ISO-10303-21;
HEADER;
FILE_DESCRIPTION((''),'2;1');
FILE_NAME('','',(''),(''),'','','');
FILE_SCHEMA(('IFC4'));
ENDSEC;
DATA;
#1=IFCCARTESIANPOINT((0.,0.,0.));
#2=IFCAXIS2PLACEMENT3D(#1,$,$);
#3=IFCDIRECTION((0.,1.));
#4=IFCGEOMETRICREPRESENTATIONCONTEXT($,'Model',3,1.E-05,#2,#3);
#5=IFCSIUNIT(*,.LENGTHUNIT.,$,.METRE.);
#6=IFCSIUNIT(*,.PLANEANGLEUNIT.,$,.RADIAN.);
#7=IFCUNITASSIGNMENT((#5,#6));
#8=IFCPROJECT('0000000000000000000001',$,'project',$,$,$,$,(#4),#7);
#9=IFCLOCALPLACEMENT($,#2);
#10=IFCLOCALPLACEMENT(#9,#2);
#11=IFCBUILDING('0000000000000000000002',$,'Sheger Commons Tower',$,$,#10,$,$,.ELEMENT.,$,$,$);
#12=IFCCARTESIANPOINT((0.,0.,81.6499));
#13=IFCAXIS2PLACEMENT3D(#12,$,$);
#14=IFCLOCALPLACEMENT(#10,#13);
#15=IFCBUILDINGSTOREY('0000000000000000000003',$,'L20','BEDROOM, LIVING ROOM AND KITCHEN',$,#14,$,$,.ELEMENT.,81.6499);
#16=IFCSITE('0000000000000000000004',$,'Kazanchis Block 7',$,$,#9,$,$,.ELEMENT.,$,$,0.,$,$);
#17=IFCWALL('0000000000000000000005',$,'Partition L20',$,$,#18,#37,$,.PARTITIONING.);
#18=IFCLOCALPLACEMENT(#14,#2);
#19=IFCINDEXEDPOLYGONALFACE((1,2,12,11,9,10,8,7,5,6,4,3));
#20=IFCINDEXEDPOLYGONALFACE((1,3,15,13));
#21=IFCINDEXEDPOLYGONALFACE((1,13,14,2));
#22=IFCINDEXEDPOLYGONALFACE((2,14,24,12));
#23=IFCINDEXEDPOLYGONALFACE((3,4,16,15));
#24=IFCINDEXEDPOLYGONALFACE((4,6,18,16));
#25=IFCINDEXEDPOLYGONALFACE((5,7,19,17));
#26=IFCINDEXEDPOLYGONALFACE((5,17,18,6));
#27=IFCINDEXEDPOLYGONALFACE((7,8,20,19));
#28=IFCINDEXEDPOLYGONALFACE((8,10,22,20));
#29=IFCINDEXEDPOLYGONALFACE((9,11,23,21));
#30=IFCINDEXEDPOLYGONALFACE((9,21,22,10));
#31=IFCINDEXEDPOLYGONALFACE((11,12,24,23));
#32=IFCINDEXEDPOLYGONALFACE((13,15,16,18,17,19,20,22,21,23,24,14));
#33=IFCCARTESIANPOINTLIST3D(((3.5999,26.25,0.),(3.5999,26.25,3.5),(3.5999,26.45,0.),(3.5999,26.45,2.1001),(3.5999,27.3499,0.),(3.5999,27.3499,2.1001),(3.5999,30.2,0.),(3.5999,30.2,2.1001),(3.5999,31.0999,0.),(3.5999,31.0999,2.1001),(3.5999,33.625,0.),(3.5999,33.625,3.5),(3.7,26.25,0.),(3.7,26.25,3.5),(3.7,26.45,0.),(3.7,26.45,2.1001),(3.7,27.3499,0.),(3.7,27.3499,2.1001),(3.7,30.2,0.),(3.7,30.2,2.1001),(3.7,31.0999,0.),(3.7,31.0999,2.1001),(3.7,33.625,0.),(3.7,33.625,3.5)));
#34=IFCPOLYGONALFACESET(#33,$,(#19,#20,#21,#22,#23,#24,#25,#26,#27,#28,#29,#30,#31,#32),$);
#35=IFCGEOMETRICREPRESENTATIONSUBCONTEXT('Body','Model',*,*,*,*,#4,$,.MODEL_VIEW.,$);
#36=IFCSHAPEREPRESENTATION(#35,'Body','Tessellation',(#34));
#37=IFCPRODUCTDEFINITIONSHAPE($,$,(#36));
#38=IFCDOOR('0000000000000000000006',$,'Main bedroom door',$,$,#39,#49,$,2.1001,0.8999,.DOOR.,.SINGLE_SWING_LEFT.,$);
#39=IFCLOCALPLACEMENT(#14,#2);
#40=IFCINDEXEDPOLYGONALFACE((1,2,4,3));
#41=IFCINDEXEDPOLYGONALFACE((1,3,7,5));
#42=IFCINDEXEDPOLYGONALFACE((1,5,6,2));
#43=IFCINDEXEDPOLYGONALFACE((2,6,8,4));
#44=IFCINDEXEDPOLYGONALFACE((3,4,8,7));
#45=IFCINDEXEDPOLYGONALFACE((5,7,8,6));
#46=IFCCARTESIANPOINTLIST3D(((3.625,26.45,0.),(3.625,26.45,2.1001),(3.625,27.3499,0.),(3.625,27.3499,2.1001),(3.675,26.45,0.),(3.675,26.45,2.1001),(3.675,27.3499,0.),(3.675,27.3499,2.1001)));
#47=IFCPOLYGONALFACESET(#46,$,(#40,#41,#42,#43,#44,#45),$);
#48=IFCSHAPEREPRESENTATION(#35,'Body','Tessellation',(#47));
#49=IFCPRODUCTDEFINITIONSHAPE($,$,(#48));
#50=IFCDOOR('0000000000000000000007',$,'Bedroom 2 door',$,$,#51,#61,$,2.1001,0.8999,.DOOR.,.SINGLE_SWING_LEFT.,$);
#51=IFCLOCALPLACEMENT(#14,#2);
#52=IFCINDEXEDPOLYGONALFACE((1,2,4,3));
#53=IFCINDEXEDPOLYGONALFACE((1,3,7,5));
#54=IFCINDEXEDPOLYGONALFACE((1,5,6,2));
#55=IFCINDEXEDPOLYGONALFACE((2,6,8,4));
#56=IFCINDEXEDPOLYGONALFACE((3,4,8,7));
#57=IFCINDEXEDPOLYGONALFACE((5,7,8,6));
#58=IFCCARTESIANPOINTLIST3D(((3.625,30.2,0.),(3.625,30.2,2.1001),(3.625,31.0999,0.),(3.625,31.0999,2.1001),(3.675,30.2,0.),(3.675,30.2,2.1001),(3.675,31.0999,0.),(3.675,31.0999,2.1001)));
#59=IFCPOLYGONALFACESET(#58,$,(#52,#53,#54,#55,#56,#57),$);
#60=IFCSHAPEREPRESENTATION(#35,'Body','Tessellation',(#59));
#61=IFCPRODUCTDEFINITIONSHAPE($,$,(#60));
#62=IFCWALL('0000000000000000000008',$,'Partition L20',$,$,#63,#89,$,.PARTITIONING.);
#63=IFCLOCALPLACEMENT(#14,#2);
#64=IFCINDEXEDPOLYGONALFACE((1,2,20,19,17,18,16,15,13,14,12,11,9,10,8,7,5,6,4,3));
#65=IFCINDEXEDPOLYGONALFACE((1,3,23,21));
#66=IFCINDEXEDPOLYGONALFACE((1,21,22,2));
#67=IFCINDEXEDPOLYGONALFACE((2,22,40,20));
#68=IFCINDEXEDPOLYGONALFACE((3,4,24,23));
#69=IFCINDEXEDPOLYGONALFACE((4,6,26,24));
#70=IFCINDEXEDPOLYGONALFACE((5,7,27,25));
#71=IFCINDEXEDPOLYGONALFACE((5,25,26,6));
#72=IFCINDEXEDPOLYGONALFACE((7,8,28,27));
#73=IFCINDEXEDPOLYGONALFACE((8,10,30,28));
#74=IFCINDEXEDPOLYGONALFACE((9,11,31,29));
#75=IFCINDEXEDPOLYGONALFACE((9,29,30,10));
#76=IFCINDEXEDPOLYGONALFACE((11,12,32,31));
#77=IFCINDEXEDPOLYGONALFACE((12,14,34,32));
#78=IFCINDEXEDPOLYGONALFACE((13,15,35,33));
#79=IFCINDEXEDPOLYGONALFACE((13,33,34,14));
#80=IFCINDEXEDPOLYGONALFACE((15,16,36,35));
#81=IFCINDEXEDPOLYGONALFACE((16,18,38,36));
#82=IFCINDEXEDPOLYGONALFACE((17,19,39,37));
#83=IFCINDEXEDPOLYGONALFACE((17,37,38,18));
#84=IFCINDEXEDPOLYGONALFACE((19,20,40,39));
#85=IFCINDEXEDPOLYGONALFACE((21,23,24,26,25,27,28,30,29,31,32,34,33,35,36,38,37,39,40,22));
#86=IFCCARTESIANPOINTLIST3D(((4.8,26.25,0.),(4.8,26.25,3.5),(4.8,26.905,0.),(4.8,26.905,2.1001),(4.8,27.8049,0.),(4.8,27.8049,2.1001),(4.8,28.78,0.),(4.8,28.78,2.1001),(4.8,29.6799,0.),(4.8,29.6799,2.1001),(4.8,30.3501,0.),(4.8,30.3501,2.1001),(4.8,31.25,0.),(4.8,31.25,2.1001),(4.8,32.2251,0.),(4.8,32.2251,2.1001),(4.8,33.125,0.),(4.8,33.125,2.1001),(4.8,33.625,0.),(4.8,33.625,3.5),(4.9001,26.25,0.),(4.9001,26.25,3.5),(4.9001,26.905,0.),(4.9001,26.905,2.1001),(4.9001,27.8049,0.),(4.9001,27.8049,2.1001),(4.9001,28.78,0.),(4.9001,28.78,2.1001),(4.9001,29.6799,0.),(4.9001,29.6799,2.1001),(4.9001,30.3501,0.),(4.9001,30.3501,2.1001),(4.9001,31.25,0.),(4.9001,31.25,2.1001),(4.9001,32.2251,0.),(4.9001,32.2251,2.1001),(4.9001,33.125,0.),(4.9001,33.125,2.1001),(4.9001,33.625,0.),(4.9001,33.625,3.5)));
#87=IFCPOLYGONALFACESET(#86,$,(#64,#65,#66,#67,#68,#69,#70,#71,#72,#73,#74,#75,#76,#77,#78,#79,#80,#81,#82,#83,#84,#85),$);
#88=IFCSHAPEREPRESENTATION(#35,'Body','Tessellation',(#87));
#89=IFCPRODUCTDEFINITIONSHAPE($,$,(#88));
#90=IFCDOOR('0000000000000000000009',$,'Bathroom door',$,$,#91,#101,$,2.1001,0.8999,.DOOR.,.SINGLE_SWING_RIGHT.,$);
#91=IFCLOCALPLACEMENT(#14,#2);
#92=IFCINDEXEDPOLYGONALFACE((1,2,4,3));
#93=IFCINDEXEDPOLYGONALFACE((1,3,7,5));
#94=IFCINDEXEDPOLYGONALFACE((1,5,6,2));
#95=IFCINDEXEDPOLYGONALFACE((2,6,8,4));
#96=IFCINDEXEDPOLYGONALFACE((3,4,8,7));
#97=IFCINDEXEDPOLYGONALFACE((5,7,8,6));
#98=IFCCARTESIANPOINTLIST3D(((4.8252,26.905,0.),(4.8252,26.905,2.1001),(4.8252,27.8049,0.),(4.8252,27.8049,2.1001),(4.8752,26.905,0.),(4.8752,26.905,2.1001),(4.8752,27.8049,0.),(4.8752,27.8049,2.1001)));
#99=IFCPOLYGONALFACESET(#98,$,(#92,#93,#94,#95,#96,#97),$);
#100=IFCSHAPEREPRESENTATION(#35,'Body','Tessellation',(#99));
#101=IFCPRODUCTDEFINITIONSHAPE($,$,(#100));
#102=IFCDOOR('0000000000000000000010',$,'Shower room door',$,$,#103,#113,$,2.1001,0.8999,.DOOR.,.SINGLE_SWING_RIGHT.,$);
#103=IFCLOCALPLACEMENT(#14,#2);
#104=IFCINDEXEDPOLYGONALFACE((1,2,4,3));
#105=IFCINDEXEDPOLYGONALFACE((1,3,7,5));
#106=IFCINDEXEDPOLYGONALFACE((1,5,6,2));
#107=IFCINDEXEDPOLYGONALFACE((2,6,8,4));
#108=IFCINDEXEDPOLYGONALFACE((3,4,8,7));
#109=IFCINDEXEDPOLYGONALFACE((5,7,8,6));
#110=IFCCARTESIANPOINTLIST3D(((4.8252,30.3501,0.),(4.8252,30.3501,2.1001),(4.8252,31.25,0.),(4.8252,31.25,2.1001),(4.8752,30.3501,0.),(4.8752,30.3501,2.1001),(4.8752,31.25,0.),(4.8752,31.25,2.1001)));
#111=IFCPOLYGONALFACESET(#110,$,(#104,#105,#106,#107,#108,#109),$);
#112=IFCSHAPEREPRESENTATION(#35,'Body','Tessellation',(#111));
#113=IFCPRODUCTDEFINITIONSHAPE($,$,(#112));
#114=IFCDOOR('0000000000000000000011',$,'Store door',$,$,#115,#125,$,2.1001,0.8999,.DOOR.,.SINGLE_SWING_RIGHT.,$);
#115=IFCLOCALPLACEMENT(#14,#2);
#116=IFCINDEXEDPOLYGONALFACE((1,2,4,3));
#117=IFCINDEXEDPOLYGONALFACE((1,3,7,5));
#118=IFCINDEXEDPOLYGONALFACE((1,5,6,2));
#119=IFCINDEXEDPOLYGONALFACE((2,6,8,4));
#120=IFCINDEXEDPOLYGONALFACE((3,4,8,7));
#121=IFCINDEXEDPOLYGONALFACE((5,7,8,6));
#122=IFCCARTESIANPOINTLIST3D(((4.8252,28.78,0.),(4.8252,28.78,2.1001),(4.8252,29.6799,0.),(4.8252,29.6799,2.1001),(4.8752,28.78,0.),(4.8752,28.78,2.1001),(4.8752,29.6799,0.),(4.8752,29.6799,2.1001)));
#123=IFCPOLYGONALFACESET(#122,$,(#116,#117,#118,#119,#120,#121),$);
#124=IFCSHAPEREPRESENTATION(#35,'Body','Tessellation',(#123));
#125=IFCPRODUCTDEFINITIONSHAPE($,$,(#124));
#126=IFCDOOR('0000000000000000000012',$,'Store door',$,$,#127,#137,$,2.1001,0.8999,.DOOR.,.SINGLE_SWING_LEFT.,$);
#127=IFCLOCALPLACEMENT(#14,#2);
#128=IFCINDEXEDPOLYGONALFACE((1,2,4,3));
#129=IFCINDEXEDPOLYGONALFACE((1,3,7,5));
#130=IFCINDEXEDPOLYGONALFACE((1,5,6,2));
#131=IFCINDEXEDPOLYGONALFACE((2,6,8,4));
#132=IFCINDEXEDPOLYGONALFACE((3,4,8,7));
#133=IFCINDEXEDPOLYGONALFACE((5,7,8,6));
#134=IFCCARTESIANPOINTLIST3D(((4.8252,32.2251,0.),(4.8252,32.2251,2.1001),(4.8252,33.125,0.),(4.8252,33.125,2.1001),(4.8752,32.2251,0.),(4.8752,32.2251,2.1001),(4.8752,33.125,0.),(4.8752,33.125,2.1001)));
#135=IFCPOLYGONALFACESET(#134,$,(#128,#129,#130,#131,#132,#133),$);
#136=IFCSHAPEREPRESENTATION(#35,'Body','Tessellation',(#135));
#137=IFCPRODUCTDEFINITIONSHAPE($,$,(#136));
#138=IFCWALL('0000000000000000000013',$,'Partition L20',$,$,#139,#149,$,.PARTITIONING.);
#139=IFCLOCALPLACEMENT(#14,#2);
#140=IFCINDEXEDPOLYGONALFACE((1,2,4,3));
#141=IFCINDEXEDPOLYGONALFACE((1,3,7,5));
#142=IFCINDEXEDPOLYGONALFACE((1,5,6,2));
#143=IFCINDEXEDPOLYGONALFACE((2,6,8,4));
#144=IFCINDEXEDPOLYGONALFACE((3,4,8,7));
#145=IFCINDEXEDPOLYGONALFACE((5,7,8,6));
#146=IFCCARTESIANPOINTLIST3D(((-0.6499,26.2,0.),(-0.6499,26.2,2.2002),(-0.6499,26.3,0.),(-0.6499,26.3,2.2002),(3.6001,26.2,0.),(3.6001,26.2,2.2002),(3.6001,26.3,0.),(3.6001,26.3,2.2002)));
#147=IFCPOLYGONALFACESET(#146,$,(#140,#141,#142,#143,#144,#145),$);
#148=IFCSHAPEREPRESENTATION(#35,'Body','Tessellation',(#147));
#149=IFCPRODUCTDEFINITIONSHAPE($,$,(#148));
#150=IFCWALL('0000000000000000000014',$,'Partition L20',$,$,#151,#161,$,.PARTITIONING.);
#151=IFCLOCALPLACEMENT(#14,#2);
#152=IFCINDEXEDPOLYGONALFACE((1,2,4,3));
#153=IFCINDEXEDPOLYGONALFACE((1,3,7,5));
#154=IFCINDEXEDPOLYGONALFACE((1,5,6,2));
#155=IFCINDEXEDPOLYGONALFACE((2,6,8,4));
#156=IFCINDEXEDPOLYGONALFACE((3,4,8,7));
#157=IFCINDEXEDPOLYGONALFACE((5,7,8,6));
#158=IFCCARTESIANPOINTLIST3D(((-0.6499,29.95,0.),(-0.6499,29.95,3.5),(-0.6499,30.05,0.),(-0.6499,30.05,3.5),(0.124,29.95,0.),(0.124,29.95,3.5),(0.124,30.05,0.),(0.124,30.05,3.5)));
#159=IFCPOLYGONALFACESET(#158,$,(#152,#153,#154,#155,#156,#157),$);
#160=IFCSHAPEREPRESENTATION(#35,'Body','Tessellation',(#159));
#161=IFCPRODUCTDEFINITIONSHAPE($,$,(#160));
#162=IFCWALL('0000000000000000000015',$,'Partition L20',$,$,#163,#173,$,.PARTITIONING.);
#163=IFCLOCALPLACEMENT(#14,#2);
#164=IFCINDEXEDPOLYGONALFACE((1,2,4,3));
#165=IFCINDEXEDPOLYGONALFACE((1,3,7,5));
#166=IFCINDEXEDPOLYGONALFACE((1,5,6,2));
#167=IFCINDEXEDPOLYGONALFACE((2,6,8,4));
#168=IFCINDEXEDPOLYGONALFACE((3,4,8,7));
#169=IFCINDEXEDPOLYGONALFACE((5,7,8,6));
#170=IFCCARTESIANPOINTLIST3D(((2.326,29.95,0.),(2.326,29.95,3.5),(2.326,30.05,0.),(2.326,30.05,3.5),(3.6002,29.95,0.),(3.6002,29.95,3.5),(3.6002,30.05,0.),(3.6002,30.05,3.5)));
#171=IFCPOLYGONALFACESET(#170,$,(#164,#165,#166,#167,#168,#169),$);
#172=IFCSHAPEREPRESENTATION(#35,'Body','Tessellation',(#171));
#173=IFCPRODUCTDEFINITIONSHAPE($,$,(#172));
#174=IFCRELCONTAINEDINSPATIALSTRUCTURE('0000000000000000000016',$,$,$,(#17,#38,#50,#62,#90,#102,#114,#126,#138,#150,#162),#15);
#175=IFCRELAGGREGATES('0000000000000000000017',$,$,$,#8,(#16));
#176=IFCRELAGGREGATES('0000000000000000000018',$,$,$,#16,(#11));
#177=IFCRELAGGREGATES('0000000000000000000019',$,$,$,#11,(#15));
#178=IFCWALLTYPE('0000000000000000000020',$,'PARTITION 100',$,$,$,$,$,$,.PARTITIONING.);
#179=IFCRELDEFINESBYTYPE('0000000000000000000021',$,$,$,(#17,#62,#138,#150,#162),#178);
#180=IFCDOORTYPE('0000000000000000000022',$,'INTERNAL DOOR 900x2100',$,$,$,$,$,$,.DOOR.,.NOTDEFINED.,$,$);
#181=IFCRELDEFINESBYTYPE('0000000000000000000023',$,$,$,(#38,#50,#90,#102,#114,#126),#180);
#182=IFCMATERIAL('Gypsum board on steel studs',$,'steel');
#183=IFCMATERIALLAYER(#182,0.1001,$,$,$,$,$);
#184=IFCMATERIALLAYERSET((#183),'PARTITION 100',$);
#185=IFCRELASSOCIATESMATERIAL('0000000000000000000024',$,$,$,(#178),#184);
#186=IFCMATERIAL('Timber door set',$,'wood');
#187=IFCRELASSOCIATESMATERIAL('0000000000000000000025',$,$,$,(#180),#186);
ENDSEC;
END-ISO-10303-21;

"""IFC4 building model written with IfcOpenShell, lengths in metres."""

from ifc_helpers import new_model, si_unit, direction, frame, frame_2d, origin, place, context, subcontext, project, spatial, rectangle, extrude, material, layer, layer_set, type_object, element, fill, save


model = new_model("IFC4")

# Units and contexts
model_context = context("Model", 3, precision=1e-05, world=origin(), true_north=direction((0.0, 1.0)))
body_context = subcontext(model_context, "Body", "Model", "MODEL_VIEW")
ifc_project = project(units=[si_unit("LENGTHUNIT", "METRE"), si_unit("PLANEANGLEUNIT", "RADIAN")], contexts=[model_context])

# Site, building, storey
site_placement = place(None, origin())
site = spatial("IfcSite", under=ifc_project, at=site_placement, Name="Kazanchis Block 7", CompositionType="ELEMENT", RefElevation=0.0)
building_placement = place(site_placement, origin())
building = spatial("IfcBuilding", under=site, at=building_placement, Name="Sheger Commons Tower", CompositionType="ELEMENT")
storey_placement = place(building_placement, frame((0.0, 0.0, 81.6499)))
storey = spatial("IfcBuildingStorey", under=building, at=storey_placement, Name="L20", Description="BEDROOM, LIVING ROOM AND KITCHEN", CompositionType="ELEMENT", Elevation=81.6499)

# Shared definitions
ifc_material_1 = material(Name="Gypsum board on steel studs", Category="steel")
ifc_layer_1 = layer(ifc_material_1, 0.1001)
ifc_layer_set_1 = layer_set([ifc_layer_1], Name="PARTITION 100")
wall_type_1 = type_object("IfcWallType", Name="PARTITION 100", PredefinedType="PARTITIONING", material=ifc_layer_set_1)

# Walls, openings, doors
wall_1_placement = place(storey_placement, frame((3.6499, 26.25, 0.0), z_axis=(0.0, 0.0, 1.0), x_axis=(0.0, 1.0, 0.0)))
wall_1 = element("IfcWall", 1, at=wall_1_placement, inside=storey, type_object=wall_type_1, Name="Partition L20", PredefinedType="PARTITIONING", context=body_context, shape_type="SweptSolid", body=[
    extrude(rectangle(XDim=7.375, YDim=0.1001, at=frame_2d((3.6875, 0.0))), origin(), (0.0, 0.0, 1.0), 3.5),
])
opening_1_placement = place(wall_1_placement, frame((0.2, 0.0, 0.0)))
opening_1 = element("IfcOpeningElement", 2, at=opening_1_placement, cuts=wall_1, PredefinedType="OPENING", context=body_context, shape_type="SweptSolid", body=[
    extrude(rectangle(XDim=0.8999, YDim=2.1001, at=frame_2d((0.45, 1.05))), frame((0.0, 0.0601, 0.0), z_axis=(0.0, -1.0, 0.0), x_axis=(1.0, 0.0, 0.0)), (0.0, 0.0, 1.0), 0.1201),
])
opening_2_placement = place(wall_1_placement, frame((3.95, 0.0, 0.0)))
opening_2 = element("IfcOpeningElement", 3, at=opening_2_placement, cuts=wall_1, PredefinedType="OPENING", context=body_context, shape_type="SweptSolid", body=[
    extrude(rectangle(XDim=0.8999, YDim=2.1001, at=frame_2d((0.45, 1.05))), frame((0.0, 0.0601, 0.0), z_axis=(0.0, -1.0, 0.0), x_axis=(1.0, 0.0, 0.0)), (0.0, 0.0, 1.0), 0.1201),
])
ifc_material_2 = material(Name="Timber door set", Category="wood")
door_type = type_object("IfcDoorType", Name="INTERNAL DOOR 900x2100", OperationType="NOTDEFINED", PredefinedType="DOOR", material=ifc_material_2)
door_1_placement = place(opening_1_placement, origin())
door_1 = element("IfcDoor", 4, at=door_1_placement, inside=storey, type_object=door_type, Name="Main bedroom door", OperationType="SINGLE_SWING_LEFT", OverallHeight=2.1001, OverallWidth=0.8999, PredefinedType="DOOR", context=body_context, shape_type="SweptSolid", body=[
    extrude(rectangle(XDim=0.8999, YDim=2.1001, at=frame_2d((0.45, 1.05))), frame((0.0, 0.0249, 0.0), z_axis=(0.0, -1.0, 0.0), x_axis=(1.0, 0.0, 0.0)), (0.0, 0.0, 1.0), 0.05),
])
fill(opening_1, door_1)
door_2_placement = place(opening_2_placement, origin())
door_2 = element("IfcDoor", 5, at=door_2_placement, inside=storey, type_object=door_type, Name="Bedroom 2 door", OperationType="SINGLE_SWING_LEFT", OverallHeight=2.1001, OverallWidth=0.8999, PredefinedType="DOOR", context=body_context, shape_type="SweptSolid", body=[
    extrude(rectangle(XDim=0.8999, YDim=2.1001, at=frame_2d((0.45, 1.05))), frame((0.0, 0.0249, 0.0), z_axis=(0.0, -1.0, 0.0), x_axis=(1.0, 0.0, 0.0)), (0.0, 0.0, 1.0), 0.05),
])
fill(opening_2, door_2)
wall_2_placement = place(storey_placement, frame((4.8501, 26.25, 0.0), z_axis=(0.0, 0.0, 1.0), x_axis=(0.0, 1.0, 0.0)))
wall_2 = element("IfcWall", 6, at=wall_2_placement, inside=storey, type_object=wall_type_1, Name="Partition L20", PredefinedType="PARTITIONING", context=body_context, shape_type="SweptSolid", body=[
    extrude(rectangle(XDim=7.375, YDim=0.1001, at=frame_2d((3.6875, 0.0))), origin(), (0.0, 0.0, 1.0), 3.5),
])
opening_3_placement = place(wall_2_placement, frame((0.655, 0.0, 0.0)))
opening_3 = element("IfcOpeningElement", 7, at=opening_3_placement, cuts=wall_2, PredefinedType="OPENING", context=body_context, shape_type="SweptSolid", body=[
    extrude(rectangle(XDim=0.8999, YDim=2.1001, at=frame_2d((0.45, 1.05))), frame((0.0, 0.0601, 0.0), z_axis=(0.0, -1.0, 0.0), x_axis=(1.0, 0.0, 0.0)), (0.0, 0.0, 1.0), 0.1201),
])
opening_4_placement = place(wall_2_placement, frame((4.1001, 0.0, 0.0)))
opening_4 = element("IfcOpeningElement", 8, at=opening_4_placement, cuts=wall_2, PredefinedType="OPENING", context=body_context, shape_type="SweptSolid", body=[
    extrude(rectangle(XDim=0.8999, YDim=2.1001, at=frame_2d((0.45, 1.05))), frame((0.0, 0.0601, 0.0), z_axis=(0.0, -1.0, 0.0), x_axis=(1.0, 0.0, 0.0)), (0.0, 0.0, 1.0), 0.1201),
])
opening_5_placement = place(wall_2_placement, frame((2.53, 0.0, 0.0)))
opening_5 = element("IfcOpeningElement", 9, at=opening_5_placement, cuts=wall_2, PredefinedType="OPENING", context=body_context, shape_type="SweptSolid", body=[
    extrude(rectangle(XDim=0.8999, YDim=2.1001, at=frame_2d((0.45, 1.05))), frame((0.0, 0.0601, 0.0), z_axis=(0.0, -1.0, 0.0), x_axis=(1.0, 0.0, 0.0)), (0.0, 0.0, 1.0), 0.1201),
])
opening_6_placement = place(wall_2_placement, frame((5.9751, 0.0, 0.0)))
opening_6 = element("IfcOpeningElement", 10, at=opening_6_placement, cuts=wall_2, PredefinedType="OPENING", context=body_context, shape_type="SweptSolid", body=[
    extrude(rectangle(XDim=0.8999, YDim=2.1001, at=frame_2d((0.45, 1.05))), frame((0.0, 0.0601, 0.0), z_axis=(0.0, -1.0, 0.0), x_axis=(1.0, 0.0, 0.0)), (0.0, 0.0, 1.0), 0.1201),
])
door_3_placement = place(opening_3_placement, origin())
door_3 = element("IfcDoor", 11, at=door_3_placement, inside=storey, type_object=door_type, Name="Bathroom door", OperationType="SINGLE_SWING_RIGHT", OverallHeight=2.1001, OverallWidth=0.8999, PredefinedType="DOOR", context=body_context, shape_type="SweptSolid", body=[
    extrude(rectangle(XDim=0.8999, YDim=2.1001, at=frame_2d((0.45, 1.05))), frame((0.0, 0.0249, 0.0), z_axis=(0.0, -1.0, 0.0), x_axis=(1.0, 0.0, 0.0)), (0.0, 0.0, 1.0), 0.05),
])
fill(opening_3, door_3)
door_4_placement = place(opening_4_placement, origin())
door_4 = element("IfcDoor", 12, at=door_4_placement, inside=storey, type_object=door_type, Name="Shower room door", OperationType="SINGLE_SWING_RIGHT", OverallHeight=2.1001, OverallWidth=0.8999, PredefinedType="DOOR", context=body_context, shape_type="SweptSolid", body=[
    extrude(rectangle(XDim=0.8999, YDim=2.1001, at=frame_2d((0.45, 1.05))), frame((0.0, 0.0249, 0.0), z_axis=(0.0, -1.0, 0.0), x_axis=(1.0, 0.0, 0.0)), (0.0, 0.0, 1.0), 0.05),
])
fill(opening_4, door_4)
door_5_placement = place(opening_5_placement, origin())
door_5 = element("IfcDoor", 13, at=door_5_placement, inside=storey, type_object=door_type, Name="Store door", OperationType="SINGLE_SWING_RIGHT", OverallHeight=2.1001, OverallWidth=0.8999, PredefinedType="DOOR", context=body_context, shape_type="SweptSolid", body=[
    extrude(rectangle(XDim=0.8999, YDim=2.1001, at=frame_2d((0.45, 1.05))), frame((0.0, 0.0249, 0.0), z_axis=(0.0, -1.0, 0.0), x_axis=(1.0, 0.0, 0.0)), (0.0, 0.0, 1.0), 0.05),
])
fill(opening_5, door_5)
door_6_placement = place(opening_6_placement, origin())
door_6 = element("IfcDoor", 14, at=door_6_placement, inside=storey, type_object=door_type, Name="Store door", OperationType="SINGLE_SWING_LEFT", OverallHeight=2.1001, OverallWidth=0.8999, PredefinedType="DOOR", context=body_context, shape_type="SweptSolid", body=[
    extrude(rectangle(XDim=0.8999, YDim=2.1001, at=frame_2d((0.45, 1.05))), frame((0.0, 0.0249, 0.0), z_axis=(0.0, -1.0, 0.0), x_axis=(1.0, 0.0, 0.0)), (0.0, 0.0, 1.0), 0.05),
])
fill(opening_6, door_6)

# Walls
wall_3_placement = place(storey_placement, frame((-0.6499, 26.25, 0.0), z_axis=(0.0, 0.0, 1.0), x_axis=(1.0, 0.0, 0.0)))
element("IfcWall", 15, at=wall_3_placement, inside=storey, type_object=wall_type_1, Name="Partition L20", PredefinedType="PARTITIONING", context=body_context, shape_type="SweptSolid", body=[
    extrude(rectangle(XDim=4.25, YDim=0.1001, at=frame_2d((2.125, 0.0))), origin(), (0.0, 0.0, 1.0), 2.2002),
])
wall_4_placement = place(storey_placement, frame((-0.6499, 30.0, 0.0), z_axis=(0.0, 0.0, 1.0), x_axis=(1.0, 0.0, 0.0)))
element("IfcWall", 16, at=wall_4_placement, inside=storey, type_object=wall_type_1, Name="Partition L20", PredefinedType="PARTITIONING", context=body_context, shape_type="SweptSolid", body=[
    extrude(rectangle(XDim=0.7739, YDim=0.1001, at=frame_2d((0.387, 0.0))), origin(), (0.0, 0.0, 1.0), 3.5),
])
wall_5_placement = place(storey_placement, frame((2.3259, 30.0, 0.0), z_axis=(0.0, 0.0, 1.0), x_axis=(1.0, 0.0, 0.0)))
element("IfcWall", 17, at=wall_5_placement, inside=storey, type_object=wall_type_1, Name="Partition L20", PredefinedType="PARTITIONING", context=body_context, shape_type="SweptSolid", body=[
    extrude(rectangle(XDim=1.2742, YDim=0.1001, at=frame_2d((0.6372, 0.0))), origin(), (0.0, 0.0, 1.0), 3.5),
])

save(model, "model.ifc")
